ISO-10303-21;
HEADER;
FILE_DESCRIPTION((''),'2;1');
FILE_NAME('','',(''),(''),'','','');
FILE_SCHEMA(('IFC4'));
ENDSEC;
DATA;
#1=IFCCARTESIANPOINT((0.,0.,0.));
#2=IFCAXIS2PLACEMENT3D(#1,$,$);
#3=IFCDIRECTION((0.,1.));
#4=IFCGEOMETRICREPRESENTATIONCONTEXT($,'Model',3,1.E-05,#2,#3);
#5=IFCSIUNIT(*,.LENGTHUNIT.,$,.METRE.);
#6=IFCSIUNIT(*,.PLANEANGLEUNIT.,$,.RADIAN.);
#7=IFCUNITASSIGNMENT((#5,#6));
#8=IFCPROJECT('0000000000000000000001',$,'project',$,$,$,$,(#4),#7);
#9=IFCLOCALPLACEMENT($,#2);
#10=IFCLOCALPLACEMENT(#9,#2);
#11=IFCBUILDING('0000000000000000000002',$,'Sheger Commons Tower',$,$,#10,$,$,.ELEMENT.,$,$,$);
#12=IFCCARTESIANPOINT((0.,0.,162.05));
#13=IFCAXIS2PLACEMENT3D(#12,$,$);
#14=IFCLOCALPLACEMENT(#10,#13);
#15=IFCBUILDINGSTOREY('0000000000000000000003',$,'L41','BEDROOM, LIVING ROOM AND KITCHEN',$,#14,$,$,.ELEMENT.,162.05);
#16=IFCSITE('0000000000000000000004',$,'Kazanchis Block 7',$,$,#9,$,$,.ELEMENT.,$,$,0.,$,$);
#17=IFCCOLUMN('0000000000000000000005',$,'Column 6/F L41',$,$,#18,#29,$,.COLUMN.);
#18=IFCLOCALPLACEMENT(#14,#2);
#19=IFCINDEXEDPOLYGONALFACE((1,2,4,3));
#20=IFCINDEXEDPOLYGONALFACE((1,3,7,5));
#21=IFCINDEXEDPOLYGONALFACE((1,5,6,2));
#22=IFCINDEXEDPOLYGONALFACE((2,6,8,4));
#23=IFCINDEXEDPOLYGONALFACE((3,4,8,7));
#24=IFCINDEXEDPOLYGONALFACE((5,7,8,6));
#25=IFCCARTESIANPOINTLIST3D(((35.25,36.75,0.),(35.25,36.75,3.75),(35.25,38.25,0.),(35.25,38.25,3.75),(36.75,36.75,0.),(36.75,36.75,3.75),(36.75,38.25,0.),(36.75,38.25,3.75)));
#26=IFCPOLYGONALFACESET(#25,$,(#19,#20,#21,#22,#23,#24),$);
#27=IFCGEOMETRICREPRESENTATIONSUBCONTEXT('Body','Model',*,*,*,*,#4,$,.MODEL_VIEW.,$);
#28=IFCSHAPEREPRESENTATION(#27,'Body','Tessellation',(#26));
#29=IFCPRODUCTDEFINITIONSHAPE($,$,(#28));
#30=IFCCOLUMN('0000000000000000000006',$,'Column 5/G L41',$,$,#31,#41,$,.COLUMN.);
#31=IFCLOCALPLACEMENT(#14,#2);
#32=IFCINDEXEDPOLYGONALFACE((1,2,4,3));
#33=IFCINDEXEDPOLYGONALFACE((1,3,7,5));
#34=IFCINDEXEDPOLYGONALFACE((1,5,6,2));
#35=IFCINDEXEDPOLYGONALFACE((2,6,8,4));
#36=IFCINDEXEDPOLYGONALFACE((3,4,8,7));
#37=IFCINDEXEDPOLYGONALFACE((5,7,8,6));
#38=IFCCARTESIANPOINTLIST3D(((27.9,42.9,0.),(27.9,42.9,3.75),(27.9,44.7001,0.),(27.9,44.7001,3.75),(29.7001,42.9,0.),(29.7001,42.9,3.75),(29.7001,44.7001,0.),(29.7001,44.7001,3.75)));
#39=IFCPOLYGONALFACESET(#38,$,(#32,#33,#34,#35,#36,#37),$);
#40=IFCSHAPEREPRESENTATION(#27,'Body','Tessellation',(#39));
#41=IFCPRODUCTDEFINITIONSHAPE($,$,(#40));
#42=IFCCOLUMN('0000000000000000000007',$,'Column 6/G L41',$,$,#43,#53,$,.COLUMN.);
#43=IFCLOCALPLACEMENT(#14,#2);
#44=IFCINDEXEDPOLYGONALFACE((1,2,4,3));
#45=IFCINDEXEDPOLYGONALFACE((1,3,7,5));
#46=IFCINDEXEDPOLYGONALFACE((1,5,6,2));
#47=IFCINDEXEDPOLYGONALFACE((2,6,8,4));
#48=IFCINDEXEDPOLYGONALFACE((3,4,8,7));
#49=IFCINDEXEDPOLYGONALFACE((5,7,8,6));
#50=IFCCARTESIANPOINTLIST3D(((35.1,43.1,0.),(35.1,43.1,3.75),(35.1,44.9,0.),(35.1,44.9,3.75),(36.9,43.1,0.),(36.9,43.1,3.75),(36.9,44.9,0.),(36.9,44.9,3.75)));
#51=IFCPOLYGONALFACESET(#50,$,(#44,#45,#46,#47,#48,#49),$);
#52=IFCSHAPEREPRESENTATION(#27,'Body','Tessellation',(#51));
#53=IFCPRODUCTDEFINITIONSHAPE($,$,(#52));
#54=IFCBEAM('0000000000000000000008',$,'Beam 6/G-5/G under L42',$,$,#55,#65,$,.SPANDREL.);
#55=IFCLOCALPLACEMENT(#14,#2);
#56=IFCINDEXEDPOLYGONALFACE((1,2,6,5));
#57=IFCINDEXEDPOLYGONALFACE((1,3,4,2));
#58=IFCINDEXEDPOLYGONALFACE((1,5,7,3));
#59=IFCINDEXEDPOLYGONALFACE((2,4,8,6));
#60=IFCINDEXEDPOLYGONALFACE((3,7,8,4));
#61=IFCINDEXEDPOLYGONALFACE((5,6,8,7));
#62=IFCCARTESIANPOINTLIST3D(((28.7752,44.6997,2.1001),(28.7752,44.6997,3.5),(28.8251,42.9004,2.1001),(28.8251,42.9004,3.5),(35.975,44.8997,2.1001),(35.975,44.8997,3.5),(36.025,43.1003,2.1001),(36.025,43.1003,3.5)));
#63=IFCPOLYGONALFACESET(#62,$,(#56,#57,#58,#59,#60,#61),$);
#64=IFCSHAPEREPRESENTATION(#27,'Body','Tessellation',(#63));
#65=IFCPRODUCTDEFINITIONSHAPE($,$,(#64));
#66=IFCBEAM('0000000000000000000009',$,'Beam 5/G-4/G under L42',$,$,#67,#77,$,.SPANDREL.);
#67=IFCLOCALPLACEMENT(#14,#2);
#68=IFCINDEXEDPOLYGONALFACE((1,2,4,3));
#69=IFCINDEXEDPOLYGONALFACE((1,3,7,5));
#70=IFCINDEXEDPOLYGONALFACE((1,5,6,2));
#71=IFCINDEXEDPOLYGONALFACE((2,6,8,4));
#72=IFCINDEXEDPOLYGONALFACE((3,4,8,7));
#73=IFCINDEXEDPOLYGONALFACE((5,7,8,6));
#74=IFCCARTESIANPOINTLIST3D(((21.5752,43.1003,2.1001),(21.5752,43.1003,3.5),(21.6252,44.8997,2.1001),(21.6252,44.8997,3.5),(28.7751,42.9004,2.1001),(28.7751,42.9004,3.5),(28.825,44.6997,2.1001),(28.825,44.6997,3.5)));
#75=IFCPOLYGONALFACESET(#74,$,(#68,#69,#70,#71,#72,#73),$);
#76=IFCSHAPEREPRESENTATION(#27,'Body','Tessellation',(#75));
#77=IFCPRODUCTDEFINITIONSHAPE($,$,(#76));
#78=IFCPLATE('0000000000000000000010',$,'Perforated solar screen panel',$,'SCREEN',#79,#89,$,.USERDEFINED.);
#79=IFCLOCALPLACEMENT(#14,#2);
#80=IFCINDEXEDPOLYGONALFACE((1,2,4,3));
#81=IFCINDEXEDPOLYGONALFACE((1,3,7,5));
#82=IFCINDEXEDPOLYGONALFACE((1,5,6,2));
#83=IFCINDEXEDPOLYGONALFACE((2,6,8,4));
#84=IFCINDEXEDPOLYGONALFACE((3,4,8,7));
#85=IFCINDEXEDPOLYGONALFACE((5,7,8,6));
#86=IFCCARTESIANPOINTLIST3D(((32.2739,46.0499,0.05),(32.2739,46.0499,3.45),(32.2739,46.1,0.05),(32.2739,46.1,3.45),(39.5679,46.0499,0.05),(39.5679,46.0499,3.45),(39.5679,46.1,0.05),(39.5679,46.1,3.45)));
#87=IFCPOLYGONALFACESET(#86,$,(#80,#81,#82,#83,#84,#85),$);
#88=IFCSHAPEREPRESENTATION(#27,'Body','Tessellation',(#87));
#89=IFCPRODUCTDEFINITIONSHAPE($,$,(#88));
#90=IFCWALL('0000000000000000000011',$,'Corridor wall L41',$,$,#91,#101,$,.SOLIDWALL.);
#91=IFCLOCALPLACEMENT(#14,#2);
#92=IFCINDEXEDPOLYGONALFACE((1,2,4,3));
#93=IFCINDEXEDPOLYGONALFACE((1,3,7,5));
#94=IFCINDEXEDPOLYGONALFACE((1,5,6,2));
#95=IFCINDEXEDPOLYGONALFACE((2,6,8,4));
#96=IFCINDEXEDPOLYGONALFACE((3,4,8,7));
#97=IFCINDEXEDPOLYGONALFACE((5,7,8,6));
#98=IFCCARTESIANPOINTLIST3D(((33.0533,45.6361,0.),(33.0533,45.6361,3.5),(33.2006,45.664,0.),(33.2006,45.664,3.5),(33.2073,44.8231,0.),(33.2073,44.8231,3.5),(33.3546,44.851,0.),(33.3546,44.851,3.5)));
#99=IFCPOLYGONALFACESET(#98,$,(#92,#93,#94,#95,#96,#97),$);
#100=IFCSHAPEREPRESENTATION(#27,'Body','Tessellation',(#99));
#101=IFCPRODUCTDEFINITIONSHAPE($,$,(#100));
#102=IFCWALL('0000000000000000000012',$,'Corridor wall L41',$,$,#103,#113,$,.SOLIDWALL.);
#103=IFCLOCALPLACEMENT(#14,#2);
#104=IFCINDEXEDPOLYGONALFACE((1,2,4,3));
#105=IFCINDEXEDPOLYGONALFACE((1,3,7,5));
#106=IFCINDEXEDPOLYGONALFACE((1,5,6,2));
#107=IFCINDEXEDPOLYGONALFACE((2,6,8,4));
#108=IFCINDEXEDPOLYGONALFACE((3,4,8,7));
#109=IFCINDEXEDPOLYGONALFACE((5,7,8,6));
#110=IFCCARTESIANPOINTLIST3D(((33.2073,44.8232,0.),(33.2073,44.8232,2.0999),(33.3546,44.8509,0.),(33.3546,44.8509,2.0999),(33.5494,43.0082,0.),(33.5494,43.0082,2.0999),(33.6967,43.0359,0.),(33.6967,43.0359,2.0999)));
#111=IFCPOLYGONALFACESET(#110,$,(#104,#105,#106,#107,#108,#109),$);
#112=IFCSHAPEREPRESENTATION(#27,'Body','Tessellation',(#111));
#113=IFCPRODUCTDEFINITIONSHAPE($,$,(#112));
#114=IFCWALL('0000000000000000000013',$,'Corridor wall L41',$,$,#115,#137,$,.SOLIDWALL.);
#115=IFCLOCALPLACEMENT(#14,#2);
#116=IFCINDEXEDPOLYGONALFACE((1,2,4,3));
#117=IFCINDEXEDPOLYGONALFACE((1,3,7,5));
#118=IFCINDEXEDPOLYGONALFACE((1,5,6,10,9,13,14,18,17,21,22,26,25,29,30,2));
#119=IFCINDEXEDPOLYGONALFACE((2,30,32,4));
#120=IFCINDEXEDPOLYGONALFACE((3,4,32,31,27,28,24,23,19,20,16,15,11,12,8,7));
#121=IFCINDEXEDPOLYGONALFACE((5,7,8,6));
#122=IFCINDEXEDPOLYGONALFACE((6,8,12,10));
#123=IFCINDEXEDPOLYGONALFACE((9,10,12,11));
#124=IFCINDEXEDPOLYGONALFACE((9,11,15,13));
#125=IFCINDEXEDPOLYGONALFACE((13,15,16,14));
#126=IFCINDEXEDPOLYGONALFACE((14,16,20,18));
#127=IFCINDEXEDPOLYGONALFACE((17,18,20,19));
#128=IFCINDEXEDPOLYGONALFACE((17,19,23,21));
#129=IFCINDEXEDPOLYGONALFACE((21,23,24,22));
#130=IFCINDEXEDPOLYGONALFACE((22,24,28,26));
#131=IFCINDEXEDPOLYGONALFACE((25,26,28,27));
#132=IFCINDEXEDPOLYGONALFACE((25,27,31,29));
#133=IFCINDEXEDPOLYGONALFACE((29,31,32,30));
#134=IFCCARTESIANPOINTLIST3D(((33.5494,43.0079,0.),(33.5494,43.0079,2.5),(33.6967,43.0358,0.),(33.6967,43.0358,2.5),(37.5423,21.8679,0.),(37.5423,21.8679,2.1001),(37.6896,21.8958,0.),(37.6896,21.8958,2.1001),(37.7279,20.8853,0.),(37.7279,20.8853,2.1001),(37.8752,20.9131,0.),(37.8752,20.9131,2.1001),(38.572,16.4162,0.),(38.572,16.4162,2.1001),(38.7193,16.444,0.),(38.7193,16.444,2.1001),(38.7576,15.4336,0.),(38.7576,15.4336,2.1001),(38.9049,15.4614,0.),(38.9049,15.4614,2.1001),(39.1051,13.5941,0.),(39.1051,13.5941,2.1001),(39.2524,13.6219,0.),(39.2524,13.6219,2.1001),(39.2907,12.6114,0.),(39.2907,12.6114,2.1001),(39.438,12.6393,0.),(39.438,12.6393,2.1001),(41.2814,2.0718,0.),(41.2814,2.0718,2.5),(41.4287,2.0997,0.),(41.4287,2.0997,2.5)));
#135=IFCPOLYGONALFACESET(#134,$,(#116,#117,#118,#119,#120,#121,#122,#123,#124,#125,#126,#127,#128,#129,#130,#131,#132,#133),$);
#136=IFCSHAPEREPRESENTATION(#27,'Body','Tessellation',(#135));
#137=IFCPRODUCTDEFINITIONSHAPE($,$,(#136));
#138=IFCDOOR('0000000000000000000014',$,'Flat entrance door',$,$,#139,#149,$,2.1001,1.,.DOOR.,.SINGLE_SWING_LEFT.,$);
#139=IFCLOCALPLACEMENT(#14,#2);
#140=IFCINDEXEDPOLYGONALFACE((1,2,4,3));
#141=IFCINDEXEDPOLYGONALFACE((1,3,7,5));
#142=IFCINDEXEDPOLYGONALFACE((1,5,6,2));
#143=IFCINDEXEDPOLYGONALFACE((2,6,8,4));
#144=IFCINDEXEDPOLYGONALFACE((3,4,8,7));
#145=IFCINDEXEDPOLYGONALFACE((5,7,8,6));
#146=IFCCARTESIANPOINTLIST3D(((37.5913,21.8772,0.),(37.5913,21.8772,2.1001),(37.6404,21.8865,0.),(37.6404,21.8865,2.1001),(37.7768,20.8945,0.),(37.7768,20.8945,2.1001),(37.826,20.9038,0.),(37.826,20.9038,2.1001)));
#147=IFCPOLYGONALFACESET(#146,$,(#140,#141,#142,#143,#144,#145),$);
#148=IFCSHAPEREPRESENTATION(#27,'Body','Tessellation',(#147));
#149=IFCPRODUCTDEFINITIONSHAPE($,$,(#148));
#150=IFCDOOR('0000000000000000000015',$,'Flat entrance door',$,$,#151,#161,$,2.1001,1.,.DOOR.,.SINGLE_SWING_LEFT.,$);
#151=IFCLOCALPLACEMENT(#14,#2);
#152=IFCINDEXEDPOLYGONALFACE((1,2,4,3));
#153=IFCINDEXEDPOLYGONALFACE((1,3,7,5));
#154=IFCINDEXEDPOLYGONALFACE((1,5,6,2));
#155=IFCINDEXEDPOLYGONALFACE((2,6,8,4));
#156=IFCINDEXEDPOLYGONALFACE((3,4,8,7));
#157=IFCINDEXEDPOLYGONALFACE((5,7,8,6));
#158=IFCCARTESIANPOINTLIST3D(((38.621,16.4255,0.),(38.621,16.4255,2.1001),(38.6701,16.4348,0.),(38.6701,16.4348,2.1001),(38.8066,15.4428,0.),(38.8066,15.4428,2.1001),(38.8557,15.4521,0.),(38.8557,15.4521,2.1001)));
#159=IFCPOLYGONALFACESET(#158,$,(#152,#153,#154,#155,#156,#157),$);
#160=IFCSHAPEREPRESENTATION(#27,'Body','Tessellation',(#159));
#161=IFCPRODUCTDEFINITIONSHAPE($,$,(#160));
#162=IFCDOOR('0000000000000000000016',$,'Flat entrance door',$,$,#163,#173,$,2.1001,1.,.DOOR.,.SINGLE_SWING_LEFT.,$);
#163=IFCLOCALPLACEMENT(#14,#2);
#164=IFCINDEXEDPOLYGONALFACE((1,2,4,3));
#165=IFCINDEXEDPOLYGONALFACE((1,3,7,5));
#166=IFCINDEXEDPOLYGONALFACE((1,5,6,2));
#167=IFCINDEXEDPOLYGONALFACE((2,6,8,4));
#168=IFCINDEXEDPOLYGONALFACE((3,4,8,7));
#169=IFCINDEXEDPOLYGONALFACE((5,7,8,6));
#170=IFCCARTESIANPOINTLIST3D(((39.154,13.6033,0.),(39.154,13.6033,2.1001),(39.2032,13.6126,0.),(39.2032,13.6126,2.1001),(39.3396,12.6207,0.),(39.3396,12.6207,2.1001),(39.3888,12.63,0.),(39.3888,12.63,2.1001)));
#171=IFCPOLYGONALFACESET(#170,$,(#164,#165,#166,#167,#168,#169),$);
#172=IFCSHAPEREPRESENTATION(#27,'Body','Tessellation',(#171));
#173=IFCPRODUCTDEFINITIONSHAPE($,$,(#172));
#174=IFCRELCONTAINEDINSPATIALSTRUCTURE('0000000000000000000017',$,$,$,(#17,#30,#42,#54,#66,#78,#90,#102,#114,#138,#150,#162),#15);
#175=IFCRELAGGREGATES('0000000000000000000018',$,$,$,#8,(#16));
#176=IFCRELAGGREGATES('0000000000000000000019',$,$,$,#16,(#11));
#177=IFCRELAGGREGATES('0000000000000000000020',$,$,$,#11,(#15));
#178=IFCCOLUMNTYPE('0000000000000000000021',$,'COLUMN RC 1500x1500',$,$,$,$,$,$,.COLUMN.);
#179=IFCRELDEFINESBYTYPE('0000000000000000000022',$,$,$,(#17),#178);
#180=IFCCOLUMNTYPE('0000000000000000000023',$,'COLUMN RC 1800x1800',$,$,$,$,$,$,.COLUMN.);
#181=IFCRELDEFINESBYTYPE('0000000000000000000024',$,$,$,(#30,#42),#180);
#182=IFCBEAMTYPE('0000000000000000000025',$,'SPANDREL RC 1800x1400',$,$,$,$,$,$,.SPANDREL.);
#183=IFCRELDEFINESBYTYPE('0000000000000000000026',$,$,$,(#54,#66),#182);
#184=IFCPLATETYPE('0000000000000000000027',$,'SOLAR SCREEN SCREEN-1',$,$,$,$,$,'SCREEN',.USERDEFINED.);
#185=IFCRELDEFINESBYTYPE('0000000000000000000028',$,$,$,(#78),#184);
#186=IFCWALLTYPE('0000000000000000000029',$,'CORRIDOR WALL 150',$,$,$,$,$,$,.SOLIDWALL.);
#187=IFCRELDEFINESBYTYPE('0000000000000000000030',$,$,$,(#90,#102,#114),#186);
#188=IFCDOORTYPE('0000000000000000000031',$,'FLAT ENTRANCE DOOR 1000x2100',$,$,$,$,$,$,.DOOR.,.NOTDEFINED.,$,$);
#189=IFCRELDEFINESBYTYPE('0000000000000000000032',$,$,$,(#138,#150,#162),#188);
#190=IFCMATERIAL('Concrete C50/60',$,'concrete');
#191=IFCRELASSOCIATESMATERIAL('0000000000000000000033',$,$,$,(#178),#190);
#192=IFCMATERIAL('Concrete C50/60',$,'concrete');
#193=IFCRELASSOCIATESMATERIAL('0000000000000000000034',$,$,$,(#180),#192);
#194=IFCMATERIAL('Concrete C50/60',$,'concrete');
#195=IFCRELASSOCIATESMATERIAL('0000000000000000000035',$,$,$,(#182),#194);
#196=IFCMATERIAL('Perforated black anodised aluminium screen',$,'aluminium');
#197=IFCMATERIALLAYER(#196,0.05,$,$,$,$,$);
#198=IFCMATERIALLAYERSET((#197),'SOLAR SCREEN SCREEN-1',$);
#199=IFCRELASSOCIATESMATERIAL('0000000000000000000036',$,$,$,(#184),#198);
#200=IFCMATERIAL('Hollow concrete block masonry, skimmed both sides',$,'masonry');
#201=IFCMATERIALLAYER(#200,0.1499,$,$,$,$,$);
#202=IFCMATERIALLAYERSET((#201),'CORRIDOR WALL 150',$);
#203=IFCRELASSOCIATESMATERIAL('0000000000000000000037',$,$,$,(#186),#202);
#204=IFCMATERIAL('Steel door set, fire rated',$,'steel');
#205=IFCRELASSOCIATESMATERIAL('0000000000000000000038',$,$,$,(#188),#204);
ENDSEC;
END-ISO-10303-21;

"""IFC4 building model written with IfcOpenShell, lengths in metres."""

from ifc_helpers import new_model, si_unit, direction, frame, frame_2d, origin, origin_2d, place, context, subcontext, project, spatial, rectangle, extrude, material, layer, layer_set, material_profile, profile_set, type_object, element, fill, save


model = new_model("IFC4")

# Units and contexts
model_context = context("Model", 3, precision=1e-05, world=origin(), true_north=direction((0.0, 1.0)))
body_context = subcontext(model_context, "Body", "Model", "MODEL_VIEW")
ifc_project = project(units=[si_unit("LENGTHUNIT", "METRE"), si_unit("PLANEANGLEUNIT", "RADIAN")], contexts=[model_context])

# Site, building, storey
site_placement = place(None, origin())
site = spatial("IfcSite", under=ifc_project, at=site_placement, Name="Kazanchis Block 7", CompositionType="ELEMENT", RefElevation=0.0)
building_placement = place(site_placement, origin())
building = spatial("IfcBuilding", under=site, at=building_placement, Name="Sheger Commons Tower", CompositionType="ELEMENT")
storey_placement = place(building_placement, frame((0.0, 0.0, 162.05)))
storey = spatial("IfcBuildingStorey", under=building, at=storey_placement, Name="L41", Description="BEDROOM, LIVING ROOM AND KITCHEN", CompositionType="ELEMENT", Elevation=162.05)

# Columns
ifc_material_1 = material(Name="Concrete C50/60", Category="concrete")
ifc_material_profile_1 = material_profile(ifc_material_1, rectangle(XDim=1.5, YDim=1.5, at=origin_2d()), Name="RC 1500x1500")
ifc_profile_set_1 = profile_set([ifc_material_profile_1], Name="Concrete C50/60")
column_type_1 = type_object("IfcColumnType", Name="COLUMN RC 1500x1500", PredefinedType="COLUMN", material=ifc_profile_set_1)
column_placement = place(storey_placement, frame((36.0, 37.5, 0.0), z_axis=(0.0, 0.0, 1.0), x_axis=(1.0, 0.0, 0.0)))
element("IfcColumn", 1, at=column_placement, inside=storey, type_object=column_type_1, Name="Column 6/F L41", PredefinedType="COLUMN", context=body_context, shape_type="SweptSolid", body=[
    extrude(rectangle(XDim=1.5, YDim=1.5, at=origin_2d()), origin(), (0.0, 0.0, 1.0), 3.75),
])
ifc_material_2 = material(Name="Concrete C50/60", Category="concrete")
ifc_material_profile_2 = material_profile(ifc_material_2, rectangle(XDim=1.8, YDim=1.8, at=origin_2d()), Name="RC 1800x1800")
ifc_profile_set_2 = profile_set([ifc_material_profile_2], Name="Concrete C50/60")
column_type_2 = type_object("IfcColumnType", Name="COLUMN RC 1800x1800", PredefinedType="COLUMN", material=ifc_profile_set_2)
for number, where, z_axis, x_axis, name in (
    (2, (28.8, 43.8, 0.0), (0.0, 0.0, 1.0), (1.0, 0.0, 0.0), "Column 5/G L41"),
    (3, (36.0, 44.0, 0.0), (0.0, 0.0, 1.0), (1.0, 0.0, 0.0), "Column 6/G L41"),
):
    element("IfcColumn", number, at=place(storey_placement, frame(where, z_axis=z_axis, x_axis=x_axis)), inside=storey, type_object=column_type_2, Name=name, PredefinedType="COLUMN", context=body_context, shape_type="SweptSolid", body=[
        extrude(rectangle(XDim=1.8, YDim=1.8, at=origin_2d()), origin(), (0.0, 0.0, 1.0), 3.75),
    ])

# Beams
ifc_material_3 = material(Name="Concrete C50/60", Category="concrete")
ifc_material_profile_3 = material_profile(ifc_material_3, rectangle(XDim=1.8, YDim=1.3999, at=origin_2d()), Name="RC 1800x1400")
ifc_profile_set_3 = profile_set([ifc_material_profile_3], Name="Concrete C50/60")
beam_type = type_object("IfcBeamType", Name="SPANDREL RC 1800x1400", PredefinedType="SPANDREL", material=ifc_profile_set_3)
for number, where, z_axis, x_axis, name in (
    (4, (36.0, 44.0, 2.8), (-0.999615, -0.02776, 0.0), (0.02776, -0.999615, 0.0), "Beam 6/G-5/G under L42"),
    (5, (28.8, 43.8, 2.8), (-0.999615, 0.02776, 0.0), (-0.02776, -0.999615, 0.0), "Beam 5/G-4/G under L42"),
):
    element("IfcBeam", number, at=place(storey_placement, frame(where, z_axis=z_axis, x_axis=x_axis)), inside=storey, type_object=beam_type, Name=name, PredefinedType="SPANDREL", context=body_context, shape_type="SweptSolid", body=[
        extrude(rectangle(XDim=1.8, YDim=1.3999, at=origin_2d()), origin(), (0.0, 0.0, 1.0), 7.2026),
    ])

# Plate
ifc_material_4 = material(Name="Perforated black anodised aluminium screen", Category="aluminium")
ifc_layer_1 = layer(ifc_material_4, 0.05)
ifc_layer_set_1 = layer_set([ifc_layer_1], Name="SOLAR SCREEN SCREEN-1")
plate_type = type_object("IfcPlateType", Name="SOLAR SCREEN SCREEN-1", ElementType="SCREEN", PredefinedType="USERDEFINED", material=ifc_layer_set_1)
plate_placement = place(storey_placement, frame((35.9209, 46.075, 0.05), z_axis=(0.0, 0.0, 1.0), x_axis=(-1.0, 0.0, 0.0)))
element("IfcPlate", 6, at=plate_placement, inside=storey, type_object=plate_type, Name="Perforated solar screen panel", ObjectType="SCREEN", PredefinedType="USERDEFINED", context=body_context, shape_type="SweptSolid", body=[
    extrude(rectangle(XDim=7.2939, YDim=0.05, at=origin_2d()), origin(), (0.0, 0.0, 1.0), 3.3999),
])

# Walls
ifc_material_5 = material(Name="Hollow concrete block masonry, skimmed both sides", Category="masonry")
ifc_layer_2 = layer(ifc_material_5, 0.1499)
ifc_layer_set_2 = layer_set([ifc_layer_2], Name="CORRIDOR WALL 150")
wall_type_1 = type_object("IfcWallType", Name="CORRIDOR WALL 150", PredefinedType="SOLIDWALL", material=ifc_layer_set_2)
wall_1_placement = place(storey_placement, frame((33.127, 45.6499, 0.0), z_axis=(0.0, 0.0, 1.0), x_axis=(0.186177, -0.982516, 0.0)))
element("IfcWall", 7, at=wall_1_placement, inside=storey, type_object=wall_type_1, Name="Corridor wall L41", PredefinedType="SOLIDWALL", context=body_context, shape_type="SweptSolid", body=[
    extrude(rectangle(XDim=0.8274, YDim=0.1499, at=frame_2d((0.4136, 0.0))), origin(), (0.0, 0.0, 1.0), 3.5),
])
wall_2_placement = place(storey_placement, frame((33.281, 44.8369, 0.0), z_axis=(0.0, 0.0, 1.0), x_axis=(0.185198, -0.982701, 0.0)))
element("IfcWall", 8, at=wall_2_placement, inside=storey, type_object=wall_type_1, Name="Corridor wall L41", PredefinedType="SOLIDWALL", context=body_context, shape_type="SweptSolid", body=[
    extrude(rectangle(XDim=1.8469, YDim=0.1499, at=frame_2d((0.9233, 0.0))), origin(), (0.0, 0.0, 1.0), 2.0999),
])

# Wall, openings, doors
wall_3_placement = place(storey_placement, frame((33.623, 43.022, 0.0), z_axis=(0.0, 0.0, 1.0), x_axis=(0.185597, -0.982626, 0.0)))
wall_3 = element("IfcWall", 9, at=wall_3_placement, inside=storey, type_object=wall_type_1, Name="Corridor wall L41", PredefinedType="SOLIDWALL", context=body_context, shape_type="SweptSolid", body=[
    extrude(rectangle(XDim=41.6599, YDim=0.1499, at=frame_2d((20.8301, 0.0))), origin(), (0.0, 0.0, 1.0), 2.5),
])
opening_1_placement = place(wall_3_placement, frame((21.5139, 0.0, 0.0)))
opening_1 = element("IfcOpeningElement", 10, at=opening_1_placement, cuts=wall_3, PredefinedType="OPENING", context=body_context, shape_type="SweptSolid", body=[
    extrude(rectangle(XDim=1.0, YDim=2.1001, at=frame_2d((0.5, 1.05))), frame((0.0, 0.085, 0.0), z_axis=(0.0, -1.0, 0.0), x_axis=(1.0, 0.0, 0.0)), (0.0, 0.0, 1.0), 0.1699),
])
opening_2_placement = place(wall_3_placement, frame((27.062, 0.0, 0.0)))
opening_2 = element("IfcOpeningElement", 11, at=opening_2_placement, cuts=wall_3, PredefinedType="OPENING", context=body_context, shape_type="SweptSolid", body=[
    extrude(rectangle(XDim=1.0, YDim=2.1001, at=frame_2d((0.5, 1.05))), frame((0.0, 0.085, 0.0), z_axis=(0.0, -1.0, 0.0), x_axis=(1.0, 0.0, 0.0)), (0.0, 0.0, 1.0), 0.1699),
])
opening_3_placement = place(wall_3_placement, frame((29.9341, 0.0, 0.0)))
opening_3 = element("IfcOpeningElement", 12, at=opening_3_placement, cuts=wall_3, PredefinedType="OPENING", context=body_context, shape_type="SweptSolid", body=[
    extrude(rectangle(XDim=1.0, YDim=2.1001, at=frame_2d((0.5, 1.05))), frame((0.0, 0.085, 0.0), z_axis=(0.0, -1.0, 0.0), x_axis=(1.0, 0.0, 0.0)), (0.0, 0.0, 1.0), 0.1699),
])
ifc_material_6 = material(Name="Steel door set, fire rated", Category="steel")
door_type = type_object("IfcDoorType", Name="FLAT ENTRANCE DOOR 1000x2100", OperationType="NOTDEFINED", PredefinedType="DOOR", material=ifc_material_6)
door_1_placement = place(opening_1_placement, origin())
door_1 = element("IfcDoor", 13, at=door_1_placement, inside=storey, type_object=door_type, Name="Flat entrance door", OperationType="SINGLE_SWING_LEFT", OverallHeight=2.1001, OverallWidth=1.0, PredefinedType="DOOR", context=body_context, shape_type="SweptSolid", body=[
    extrude(rectangle(XDim=1.0, YDim=2.1001, at=frame_2d((0.5, 1.05))), frame((0.0, 0.0249, 0.0), z_axis=(0.0, -1.0, 0.0), x_axis=(1.0, 0.0, 0.0)), (0.0, 0.0, 1.0), 0.05),
])
fill(opening_1, door_1)
door_2_placement = place(opening_2_placement, origin())
door_2 = element("IfcDoor", 14, at=door_2_placement, inside=storey, type_object=door_type, Name="Flat entrance door", OperationType="SINGLE_SWING_LEFT", OverallHeight=2.1001, OverallWidth=1.0, PredefinedType="DOOR", context=body_context, shape_type="SweptSolid", body=[
    extrude(rectangle(XDim=1.0, YDim=2.1001, at=frame_2d((0.5, 1.05))), frame((0.0, 0.0249, 0.0), z_axis=(0.0, -1.0, 0.0), x_axis=(1.0, 0.0, 0.0)), (0.0, 0.0, 1.0), 0.05),
])
fill(opening_2, door_2)
door_3_placement = place(opening_3_placement, origin())
door_3 = element("IfcDoor", 15, at=door_3_placement, inside=storey, type_object=door_type, Name="Flat entrance door", OperationType="SINGLE_SWING_LEFT", OverallHeight=2.1001, OverallWidth=1.0, PredefinedType="DOOR", context=body_context, shape_type="SweptSolid", body=[
    extrude(rectangle(XDim=1.0, YDim=2.1001, at=frame_2d((0.5, 1.05))), frame((0.0, 0.0249, 0.0), z_axis=(0.0, -1.0, 0.0), x_axis=(1.0, 0.0, 0.0)), (0.0, 0.0, 1.0), 0.05),
])
fill(opening_3, door_3)

save(model, "model.ifc")
